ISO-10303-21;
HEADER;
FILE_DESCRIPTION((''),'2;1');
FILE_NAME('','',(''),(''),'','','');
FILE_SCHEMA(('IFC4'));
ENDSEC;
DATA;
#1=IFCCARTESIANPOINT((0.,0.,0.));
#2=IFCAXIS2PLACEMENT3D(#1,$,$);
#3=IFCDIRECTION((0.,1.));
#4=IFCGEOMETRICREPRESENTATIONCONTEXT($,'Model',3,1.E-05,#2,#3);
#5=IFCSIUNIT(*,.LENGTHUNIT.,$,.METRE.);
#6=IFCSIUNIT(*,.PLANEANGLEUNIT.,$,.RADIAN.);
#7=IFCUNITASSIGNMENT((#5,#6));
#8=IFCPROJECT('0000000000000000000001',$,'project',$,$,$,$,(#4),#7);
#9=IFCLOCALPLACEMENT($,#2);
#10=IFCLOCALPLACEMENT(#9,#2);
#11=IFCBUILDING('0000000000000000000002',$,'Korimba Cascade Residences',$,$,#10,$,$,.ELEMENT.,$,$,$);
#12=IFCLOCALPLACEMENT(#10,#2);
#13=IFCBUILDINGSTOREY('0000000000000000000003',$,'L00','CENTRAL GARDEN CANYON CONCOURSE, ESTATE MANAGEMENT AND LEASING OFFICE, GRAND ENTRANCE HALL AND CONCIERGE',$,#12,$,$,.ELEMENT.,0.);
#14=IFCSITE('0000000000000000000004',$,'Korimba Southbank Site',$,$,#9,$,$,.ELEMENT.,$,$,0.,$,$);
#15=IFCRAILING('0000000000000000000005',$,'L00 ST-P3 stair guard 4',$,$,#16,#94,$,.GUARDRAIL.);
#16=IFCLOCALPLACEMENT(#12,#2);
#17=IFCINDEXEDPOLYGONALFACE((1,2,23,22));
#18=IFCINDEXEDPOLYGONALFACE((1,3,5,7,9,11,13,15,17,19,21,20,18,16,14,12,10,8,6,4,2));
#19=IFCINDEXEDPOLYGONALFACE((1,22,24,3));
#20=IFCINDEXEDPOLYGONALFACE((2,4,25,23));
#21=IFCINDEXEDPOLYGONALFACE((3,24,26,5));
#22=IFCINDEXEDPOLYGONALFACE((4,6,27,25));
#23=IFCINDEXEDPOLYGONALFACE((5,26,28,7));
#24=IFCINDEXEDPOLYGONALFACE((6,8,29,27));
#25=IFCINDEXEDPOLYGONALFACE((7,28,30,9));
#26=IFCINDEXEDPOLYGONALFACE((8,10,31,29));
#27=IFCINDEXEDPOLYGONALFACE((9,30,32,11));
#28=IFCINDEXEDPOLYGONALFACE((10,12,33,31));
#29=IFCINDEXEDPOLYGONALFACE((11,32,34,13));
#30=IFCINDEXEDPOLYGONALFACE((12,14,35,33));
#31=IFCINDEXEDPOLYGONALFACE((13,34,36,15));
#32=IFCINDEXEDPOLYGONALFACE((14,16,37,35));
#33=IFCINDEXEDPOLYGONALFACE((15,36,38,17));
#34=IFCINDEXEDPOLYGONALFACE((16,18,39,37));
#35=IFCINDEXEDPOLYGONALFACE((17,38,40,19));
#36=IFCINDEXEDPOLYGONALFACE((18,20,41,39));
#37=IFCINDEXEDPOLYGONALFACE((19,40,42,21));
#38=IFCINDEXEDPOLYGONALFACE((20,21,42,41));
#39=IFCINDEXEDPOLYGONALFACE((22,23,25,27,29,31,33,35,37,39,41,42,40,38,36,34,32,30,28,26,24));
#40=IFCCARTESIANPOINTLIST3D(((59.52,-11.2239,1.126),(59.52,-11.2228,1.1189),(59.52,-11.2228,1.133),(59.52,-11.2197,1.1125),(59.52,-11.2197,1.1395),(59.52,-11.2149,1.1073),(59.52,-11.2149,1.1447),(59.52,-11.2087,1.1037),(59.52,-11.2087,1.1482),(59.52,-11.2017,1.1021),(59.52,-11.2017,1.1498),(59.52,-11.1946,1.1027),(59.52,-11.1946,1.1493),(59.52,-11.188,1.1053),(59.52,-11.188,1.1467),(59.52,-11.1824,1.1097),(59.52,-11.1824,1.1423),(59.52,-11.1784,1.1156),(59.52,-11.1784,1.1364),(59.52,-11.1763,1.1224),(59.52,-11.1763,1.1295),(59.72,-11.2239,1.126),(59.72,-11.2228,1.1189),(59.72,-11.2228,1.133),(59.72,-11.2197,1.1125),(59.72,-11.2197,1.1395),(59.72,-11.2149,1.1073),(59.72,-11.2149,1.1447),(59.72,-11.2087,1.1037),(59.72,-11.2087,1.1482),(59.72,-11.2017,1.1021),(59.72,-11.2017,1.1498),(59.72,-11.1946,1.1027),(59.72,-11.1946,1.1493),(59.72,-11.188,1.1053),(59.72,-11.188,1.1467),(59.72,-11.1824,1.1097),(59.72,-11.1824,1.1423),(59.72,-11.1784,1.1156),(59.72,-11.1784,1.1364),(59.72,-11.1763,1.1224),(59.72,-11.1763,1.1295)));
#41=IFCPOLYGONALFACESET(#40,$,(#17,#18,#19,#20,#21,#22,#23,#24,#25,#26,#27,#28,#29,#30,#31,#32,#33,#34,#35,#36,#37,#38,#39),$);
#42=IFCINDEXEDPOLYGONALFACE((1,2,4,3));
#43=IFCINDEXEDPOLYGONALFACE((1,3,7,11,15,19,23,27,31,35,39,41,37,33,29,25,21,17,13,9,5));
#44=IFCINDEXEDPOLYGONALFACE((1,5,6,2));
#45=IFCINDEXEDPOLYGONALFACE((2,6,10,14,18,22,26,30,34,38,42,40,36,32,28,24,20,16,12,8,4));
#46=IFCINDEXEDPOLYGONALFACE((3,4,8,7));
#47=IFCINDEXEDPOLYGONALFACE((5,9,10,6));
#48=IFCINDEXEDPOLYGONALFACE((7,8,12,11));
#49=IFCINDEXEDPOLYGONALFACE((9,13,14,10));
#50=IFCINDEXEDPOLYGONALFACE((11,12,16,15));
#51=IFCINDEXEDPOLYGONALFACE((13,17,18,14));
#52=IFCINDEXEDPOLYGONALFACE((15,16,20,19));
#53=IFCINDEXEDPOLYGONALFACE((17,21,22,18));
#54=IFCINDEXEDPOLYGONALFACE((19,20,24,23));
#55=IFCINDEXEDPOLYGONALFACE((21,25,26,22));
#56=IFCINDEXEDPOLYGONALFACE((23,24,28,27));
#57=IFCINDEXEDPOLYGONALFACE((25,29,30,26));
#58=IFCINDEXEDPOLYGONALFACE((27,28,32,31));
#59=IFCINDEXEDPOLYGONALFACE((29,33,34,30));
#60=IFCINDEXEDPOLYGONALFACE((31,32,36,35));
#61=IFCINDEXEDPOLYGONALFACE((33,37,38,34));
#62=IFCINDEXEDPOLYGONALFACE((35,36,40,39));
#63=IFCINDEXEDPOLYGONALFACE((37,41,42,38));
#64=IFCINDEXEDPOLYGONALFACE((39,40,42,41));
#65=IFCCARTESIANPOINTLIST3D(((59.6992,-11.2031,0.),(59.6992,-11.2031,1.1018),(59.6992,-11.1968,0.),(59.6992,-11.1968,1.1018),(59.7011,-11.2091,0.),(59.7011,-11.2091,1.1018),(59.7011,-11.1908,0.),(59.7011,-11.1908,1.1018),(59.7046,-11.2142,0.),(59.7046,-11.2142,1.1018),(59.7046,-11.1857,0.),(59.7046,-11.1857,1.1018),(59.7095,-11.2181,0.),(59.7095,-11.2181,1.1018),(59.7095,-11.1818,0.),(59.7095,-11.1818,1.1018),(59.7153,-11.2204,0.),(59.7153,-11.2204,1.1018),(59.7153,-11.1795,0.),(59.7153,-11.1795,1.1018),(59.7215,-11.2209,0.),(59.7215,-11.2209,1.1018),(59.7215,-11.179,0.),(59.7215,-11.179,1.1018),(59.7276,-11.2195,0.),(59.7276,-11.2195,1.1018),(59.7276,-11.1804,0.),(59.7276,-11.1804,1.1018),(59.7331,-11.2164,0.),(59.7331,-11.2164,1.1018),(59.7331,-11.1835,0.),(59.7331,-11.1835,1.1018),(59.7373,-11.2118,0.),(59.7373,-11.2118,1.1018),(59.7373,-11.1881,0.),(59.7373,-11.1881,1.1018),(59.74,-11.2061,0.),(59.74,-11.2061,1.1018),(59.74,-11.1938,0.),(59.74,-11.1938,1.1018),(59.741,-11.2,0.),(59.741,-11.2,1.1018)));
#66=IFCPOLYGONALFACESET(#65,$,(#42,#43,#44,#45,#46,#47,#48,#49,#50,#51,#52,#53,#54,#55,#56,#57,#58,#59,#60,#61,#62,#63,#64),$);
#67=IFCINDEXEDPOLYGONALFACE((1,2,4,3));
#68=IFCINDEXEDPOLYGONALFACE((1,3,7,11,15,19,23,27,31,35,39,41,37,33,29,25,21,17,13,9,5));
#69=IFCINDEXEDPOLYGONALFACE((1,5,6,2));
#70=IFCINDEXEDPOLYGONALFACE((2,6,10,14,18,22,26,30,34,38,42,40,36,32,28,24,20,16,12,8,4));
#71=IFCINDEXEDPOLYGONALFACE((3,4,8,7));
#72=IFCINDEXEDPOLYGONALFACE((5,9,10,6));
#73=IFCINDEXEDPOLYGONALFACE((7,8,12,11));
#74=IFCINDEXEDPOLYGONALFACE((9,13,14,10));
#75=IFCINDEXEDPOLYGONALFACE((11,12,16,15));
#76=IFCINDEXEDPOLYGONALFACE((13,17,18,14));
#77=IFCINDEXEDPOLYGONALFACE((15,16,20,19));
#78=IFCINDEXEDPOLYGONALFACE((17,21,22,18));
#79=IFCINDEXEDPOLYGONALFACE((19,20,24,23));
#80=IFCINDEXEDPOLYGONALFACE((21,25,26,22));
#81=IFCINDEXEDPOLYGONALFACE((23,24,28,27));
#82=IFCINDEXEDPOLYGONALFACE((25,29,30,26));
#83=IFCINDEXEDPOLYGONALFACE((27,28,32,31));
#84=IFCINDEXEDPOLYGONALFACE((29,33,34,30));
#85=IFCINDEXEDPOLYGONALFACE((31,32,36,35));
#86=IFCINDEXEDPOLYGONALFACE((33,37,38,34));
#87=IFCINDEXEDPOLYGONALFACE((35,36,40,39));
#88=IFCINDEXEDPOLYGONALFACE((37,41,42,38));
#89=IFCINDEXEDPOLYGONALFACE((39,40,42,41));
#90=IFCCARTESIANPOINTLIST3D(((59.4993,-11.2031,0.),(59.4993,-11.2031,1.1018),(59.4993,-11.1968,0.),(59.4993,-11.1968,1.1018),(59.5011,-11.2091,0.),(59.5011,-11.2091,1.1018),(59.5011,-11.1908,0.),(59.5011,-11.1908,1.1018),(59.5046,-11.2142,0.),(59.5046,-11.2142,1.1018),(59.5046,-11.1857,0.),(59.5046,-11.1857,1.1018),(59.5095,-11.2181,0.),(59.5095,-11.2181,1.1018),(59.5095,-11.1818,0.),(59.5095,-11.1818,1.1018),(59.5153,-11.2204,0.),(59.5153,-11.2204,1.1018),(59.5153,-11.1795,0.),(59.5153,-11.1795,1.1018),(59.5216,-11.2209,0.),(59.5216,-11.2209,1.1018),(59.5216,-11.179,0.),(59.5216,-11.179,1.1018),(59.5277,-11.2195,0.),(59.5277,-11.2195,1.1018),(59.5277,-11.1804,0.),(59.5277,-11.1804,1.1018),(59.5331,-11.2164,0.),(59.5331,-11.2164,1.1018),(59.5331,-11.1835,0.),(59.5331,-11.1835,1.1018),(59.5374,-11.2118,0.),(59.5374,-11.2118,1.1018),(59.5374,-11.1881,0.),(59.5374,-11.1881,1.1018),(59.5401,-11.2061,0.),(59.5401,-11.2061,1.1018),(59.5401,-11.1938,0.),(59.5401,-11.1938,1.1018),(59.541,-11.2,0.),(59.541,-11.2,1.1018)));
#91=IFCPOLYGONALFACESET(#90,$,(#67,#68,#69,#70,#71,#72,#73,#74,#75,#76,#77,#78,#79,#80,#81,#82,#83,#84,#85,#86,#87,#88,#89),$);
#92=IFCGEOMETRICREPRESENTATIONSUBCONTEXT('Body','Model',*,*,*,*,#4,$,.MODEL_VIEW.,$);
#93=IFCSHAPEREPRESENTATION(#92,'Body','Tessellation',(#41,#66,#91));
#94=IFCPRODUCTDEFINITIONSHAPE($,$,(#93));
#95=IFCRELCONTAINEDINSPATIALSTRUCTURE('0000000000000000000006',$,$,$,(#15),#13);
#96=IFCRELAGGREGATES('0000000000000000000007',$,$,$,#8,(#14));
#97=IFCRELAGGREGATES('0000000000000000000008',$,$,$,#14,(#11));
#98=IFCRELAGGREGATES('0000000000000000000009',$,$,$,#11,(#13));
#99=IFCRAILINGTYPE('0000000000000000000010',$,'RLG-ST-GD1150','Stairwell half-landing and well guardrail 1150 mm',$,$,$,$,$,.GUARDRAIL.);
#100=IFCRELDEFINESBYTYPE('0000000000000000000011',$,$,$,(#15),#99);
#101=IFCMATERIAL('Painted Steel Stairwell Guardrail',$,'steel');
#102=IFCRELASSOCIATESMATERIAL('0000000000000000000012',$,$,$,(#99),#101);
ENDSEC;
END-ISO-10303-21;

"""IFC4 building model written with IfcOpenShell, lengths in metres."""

from ifc_helpers import new_model, si_unit, direction, frame, origin, origin_2d, place, context, subcontext, project, spatial, circle, extrude, material, type_object, element, save


model = new_model("IFC4")

# Units and contexts
model_context = context("Model", 3, precision=1e-05, world=origin(), true_north=direction((0.0, 1.0)))
body_context = subcontext(model_context, "Body", "Model", "MODEL_VIEW")
ifc_project = project(units=[si_unit("LENGTHUNIT", "METRE"), si_unit("PLANEANGLEUNIT", "RADIAN")], contexts=[model_context])

# Site, building, storey
site_placement = place(None, origin())
site = spatial("IfcSite", under=ifc_project, at=site_placement, Name="Korimba Southbank Site", CompositionType="ELEMENT", RefElevation=0.0)
building_placement = place(site_placement, origin())
building = spatial("IfcBuilding", under=site, at=building_placement, Name="Korimba Cascade Residences", CompositionType="ELEMENT")
storey_placement = place(building_placement, origin())
storey = spatial("IfcBuildingStorey", under=building, at=storey_placement, Name="L00", Description="CENTRAL GARDEN CANYON CONCOURSE, ESTATE MANAGEMENT AND LEASING OFFICE, GRAND ENTRANCE HALL AND CONCIERGE", CompositionType="ELEMENT", Elevation=0.0)

# Railing
ifc_material_1 = material(Name="Painted Steel Stairwell Guardrail", Category="steel")
railing_type_1 = type_object("IfcRailingType", Name="RLG-ST-GD1150", Description="Stairwell half-landing and well guardrail 1150 mm", PredefinedType="GUARDRAIL", material=ifc_material_1)
railing_1_placement = place(storey_placement, frame((59.72, -11.2, 0.0)))
element("IfcRailing", 1, at=railing_1_placement, inside=storey, type_object=railing_type_1, Name="L00 ST-P3 stair guard 4", PredefinedType="GUARDRAIL", context=body_context, shape_type="SweptSolid", body=[
    extrude(circle(Radius=0.0239, at=origin_2d()), frame((0.0, 0.0, 1.126), z_axis=(-1.0, 0.0, 0.0), x_axis=(0.0, -1.0, 0.0)), (0.0, 0.0, 1.0), 0.2),
    extrude(circle(Radius=0.021, at=origin_2d()), origin(), (0.0, 0.0, 1.0), 1.1018),
    extrude(circle(Radius=0.021, at=origin_2d()), frame((-0.2, 0.0, 0.0)), (0.0, 0.0, 1.0), 1.1018),
])

save(model, "model.ifc")
